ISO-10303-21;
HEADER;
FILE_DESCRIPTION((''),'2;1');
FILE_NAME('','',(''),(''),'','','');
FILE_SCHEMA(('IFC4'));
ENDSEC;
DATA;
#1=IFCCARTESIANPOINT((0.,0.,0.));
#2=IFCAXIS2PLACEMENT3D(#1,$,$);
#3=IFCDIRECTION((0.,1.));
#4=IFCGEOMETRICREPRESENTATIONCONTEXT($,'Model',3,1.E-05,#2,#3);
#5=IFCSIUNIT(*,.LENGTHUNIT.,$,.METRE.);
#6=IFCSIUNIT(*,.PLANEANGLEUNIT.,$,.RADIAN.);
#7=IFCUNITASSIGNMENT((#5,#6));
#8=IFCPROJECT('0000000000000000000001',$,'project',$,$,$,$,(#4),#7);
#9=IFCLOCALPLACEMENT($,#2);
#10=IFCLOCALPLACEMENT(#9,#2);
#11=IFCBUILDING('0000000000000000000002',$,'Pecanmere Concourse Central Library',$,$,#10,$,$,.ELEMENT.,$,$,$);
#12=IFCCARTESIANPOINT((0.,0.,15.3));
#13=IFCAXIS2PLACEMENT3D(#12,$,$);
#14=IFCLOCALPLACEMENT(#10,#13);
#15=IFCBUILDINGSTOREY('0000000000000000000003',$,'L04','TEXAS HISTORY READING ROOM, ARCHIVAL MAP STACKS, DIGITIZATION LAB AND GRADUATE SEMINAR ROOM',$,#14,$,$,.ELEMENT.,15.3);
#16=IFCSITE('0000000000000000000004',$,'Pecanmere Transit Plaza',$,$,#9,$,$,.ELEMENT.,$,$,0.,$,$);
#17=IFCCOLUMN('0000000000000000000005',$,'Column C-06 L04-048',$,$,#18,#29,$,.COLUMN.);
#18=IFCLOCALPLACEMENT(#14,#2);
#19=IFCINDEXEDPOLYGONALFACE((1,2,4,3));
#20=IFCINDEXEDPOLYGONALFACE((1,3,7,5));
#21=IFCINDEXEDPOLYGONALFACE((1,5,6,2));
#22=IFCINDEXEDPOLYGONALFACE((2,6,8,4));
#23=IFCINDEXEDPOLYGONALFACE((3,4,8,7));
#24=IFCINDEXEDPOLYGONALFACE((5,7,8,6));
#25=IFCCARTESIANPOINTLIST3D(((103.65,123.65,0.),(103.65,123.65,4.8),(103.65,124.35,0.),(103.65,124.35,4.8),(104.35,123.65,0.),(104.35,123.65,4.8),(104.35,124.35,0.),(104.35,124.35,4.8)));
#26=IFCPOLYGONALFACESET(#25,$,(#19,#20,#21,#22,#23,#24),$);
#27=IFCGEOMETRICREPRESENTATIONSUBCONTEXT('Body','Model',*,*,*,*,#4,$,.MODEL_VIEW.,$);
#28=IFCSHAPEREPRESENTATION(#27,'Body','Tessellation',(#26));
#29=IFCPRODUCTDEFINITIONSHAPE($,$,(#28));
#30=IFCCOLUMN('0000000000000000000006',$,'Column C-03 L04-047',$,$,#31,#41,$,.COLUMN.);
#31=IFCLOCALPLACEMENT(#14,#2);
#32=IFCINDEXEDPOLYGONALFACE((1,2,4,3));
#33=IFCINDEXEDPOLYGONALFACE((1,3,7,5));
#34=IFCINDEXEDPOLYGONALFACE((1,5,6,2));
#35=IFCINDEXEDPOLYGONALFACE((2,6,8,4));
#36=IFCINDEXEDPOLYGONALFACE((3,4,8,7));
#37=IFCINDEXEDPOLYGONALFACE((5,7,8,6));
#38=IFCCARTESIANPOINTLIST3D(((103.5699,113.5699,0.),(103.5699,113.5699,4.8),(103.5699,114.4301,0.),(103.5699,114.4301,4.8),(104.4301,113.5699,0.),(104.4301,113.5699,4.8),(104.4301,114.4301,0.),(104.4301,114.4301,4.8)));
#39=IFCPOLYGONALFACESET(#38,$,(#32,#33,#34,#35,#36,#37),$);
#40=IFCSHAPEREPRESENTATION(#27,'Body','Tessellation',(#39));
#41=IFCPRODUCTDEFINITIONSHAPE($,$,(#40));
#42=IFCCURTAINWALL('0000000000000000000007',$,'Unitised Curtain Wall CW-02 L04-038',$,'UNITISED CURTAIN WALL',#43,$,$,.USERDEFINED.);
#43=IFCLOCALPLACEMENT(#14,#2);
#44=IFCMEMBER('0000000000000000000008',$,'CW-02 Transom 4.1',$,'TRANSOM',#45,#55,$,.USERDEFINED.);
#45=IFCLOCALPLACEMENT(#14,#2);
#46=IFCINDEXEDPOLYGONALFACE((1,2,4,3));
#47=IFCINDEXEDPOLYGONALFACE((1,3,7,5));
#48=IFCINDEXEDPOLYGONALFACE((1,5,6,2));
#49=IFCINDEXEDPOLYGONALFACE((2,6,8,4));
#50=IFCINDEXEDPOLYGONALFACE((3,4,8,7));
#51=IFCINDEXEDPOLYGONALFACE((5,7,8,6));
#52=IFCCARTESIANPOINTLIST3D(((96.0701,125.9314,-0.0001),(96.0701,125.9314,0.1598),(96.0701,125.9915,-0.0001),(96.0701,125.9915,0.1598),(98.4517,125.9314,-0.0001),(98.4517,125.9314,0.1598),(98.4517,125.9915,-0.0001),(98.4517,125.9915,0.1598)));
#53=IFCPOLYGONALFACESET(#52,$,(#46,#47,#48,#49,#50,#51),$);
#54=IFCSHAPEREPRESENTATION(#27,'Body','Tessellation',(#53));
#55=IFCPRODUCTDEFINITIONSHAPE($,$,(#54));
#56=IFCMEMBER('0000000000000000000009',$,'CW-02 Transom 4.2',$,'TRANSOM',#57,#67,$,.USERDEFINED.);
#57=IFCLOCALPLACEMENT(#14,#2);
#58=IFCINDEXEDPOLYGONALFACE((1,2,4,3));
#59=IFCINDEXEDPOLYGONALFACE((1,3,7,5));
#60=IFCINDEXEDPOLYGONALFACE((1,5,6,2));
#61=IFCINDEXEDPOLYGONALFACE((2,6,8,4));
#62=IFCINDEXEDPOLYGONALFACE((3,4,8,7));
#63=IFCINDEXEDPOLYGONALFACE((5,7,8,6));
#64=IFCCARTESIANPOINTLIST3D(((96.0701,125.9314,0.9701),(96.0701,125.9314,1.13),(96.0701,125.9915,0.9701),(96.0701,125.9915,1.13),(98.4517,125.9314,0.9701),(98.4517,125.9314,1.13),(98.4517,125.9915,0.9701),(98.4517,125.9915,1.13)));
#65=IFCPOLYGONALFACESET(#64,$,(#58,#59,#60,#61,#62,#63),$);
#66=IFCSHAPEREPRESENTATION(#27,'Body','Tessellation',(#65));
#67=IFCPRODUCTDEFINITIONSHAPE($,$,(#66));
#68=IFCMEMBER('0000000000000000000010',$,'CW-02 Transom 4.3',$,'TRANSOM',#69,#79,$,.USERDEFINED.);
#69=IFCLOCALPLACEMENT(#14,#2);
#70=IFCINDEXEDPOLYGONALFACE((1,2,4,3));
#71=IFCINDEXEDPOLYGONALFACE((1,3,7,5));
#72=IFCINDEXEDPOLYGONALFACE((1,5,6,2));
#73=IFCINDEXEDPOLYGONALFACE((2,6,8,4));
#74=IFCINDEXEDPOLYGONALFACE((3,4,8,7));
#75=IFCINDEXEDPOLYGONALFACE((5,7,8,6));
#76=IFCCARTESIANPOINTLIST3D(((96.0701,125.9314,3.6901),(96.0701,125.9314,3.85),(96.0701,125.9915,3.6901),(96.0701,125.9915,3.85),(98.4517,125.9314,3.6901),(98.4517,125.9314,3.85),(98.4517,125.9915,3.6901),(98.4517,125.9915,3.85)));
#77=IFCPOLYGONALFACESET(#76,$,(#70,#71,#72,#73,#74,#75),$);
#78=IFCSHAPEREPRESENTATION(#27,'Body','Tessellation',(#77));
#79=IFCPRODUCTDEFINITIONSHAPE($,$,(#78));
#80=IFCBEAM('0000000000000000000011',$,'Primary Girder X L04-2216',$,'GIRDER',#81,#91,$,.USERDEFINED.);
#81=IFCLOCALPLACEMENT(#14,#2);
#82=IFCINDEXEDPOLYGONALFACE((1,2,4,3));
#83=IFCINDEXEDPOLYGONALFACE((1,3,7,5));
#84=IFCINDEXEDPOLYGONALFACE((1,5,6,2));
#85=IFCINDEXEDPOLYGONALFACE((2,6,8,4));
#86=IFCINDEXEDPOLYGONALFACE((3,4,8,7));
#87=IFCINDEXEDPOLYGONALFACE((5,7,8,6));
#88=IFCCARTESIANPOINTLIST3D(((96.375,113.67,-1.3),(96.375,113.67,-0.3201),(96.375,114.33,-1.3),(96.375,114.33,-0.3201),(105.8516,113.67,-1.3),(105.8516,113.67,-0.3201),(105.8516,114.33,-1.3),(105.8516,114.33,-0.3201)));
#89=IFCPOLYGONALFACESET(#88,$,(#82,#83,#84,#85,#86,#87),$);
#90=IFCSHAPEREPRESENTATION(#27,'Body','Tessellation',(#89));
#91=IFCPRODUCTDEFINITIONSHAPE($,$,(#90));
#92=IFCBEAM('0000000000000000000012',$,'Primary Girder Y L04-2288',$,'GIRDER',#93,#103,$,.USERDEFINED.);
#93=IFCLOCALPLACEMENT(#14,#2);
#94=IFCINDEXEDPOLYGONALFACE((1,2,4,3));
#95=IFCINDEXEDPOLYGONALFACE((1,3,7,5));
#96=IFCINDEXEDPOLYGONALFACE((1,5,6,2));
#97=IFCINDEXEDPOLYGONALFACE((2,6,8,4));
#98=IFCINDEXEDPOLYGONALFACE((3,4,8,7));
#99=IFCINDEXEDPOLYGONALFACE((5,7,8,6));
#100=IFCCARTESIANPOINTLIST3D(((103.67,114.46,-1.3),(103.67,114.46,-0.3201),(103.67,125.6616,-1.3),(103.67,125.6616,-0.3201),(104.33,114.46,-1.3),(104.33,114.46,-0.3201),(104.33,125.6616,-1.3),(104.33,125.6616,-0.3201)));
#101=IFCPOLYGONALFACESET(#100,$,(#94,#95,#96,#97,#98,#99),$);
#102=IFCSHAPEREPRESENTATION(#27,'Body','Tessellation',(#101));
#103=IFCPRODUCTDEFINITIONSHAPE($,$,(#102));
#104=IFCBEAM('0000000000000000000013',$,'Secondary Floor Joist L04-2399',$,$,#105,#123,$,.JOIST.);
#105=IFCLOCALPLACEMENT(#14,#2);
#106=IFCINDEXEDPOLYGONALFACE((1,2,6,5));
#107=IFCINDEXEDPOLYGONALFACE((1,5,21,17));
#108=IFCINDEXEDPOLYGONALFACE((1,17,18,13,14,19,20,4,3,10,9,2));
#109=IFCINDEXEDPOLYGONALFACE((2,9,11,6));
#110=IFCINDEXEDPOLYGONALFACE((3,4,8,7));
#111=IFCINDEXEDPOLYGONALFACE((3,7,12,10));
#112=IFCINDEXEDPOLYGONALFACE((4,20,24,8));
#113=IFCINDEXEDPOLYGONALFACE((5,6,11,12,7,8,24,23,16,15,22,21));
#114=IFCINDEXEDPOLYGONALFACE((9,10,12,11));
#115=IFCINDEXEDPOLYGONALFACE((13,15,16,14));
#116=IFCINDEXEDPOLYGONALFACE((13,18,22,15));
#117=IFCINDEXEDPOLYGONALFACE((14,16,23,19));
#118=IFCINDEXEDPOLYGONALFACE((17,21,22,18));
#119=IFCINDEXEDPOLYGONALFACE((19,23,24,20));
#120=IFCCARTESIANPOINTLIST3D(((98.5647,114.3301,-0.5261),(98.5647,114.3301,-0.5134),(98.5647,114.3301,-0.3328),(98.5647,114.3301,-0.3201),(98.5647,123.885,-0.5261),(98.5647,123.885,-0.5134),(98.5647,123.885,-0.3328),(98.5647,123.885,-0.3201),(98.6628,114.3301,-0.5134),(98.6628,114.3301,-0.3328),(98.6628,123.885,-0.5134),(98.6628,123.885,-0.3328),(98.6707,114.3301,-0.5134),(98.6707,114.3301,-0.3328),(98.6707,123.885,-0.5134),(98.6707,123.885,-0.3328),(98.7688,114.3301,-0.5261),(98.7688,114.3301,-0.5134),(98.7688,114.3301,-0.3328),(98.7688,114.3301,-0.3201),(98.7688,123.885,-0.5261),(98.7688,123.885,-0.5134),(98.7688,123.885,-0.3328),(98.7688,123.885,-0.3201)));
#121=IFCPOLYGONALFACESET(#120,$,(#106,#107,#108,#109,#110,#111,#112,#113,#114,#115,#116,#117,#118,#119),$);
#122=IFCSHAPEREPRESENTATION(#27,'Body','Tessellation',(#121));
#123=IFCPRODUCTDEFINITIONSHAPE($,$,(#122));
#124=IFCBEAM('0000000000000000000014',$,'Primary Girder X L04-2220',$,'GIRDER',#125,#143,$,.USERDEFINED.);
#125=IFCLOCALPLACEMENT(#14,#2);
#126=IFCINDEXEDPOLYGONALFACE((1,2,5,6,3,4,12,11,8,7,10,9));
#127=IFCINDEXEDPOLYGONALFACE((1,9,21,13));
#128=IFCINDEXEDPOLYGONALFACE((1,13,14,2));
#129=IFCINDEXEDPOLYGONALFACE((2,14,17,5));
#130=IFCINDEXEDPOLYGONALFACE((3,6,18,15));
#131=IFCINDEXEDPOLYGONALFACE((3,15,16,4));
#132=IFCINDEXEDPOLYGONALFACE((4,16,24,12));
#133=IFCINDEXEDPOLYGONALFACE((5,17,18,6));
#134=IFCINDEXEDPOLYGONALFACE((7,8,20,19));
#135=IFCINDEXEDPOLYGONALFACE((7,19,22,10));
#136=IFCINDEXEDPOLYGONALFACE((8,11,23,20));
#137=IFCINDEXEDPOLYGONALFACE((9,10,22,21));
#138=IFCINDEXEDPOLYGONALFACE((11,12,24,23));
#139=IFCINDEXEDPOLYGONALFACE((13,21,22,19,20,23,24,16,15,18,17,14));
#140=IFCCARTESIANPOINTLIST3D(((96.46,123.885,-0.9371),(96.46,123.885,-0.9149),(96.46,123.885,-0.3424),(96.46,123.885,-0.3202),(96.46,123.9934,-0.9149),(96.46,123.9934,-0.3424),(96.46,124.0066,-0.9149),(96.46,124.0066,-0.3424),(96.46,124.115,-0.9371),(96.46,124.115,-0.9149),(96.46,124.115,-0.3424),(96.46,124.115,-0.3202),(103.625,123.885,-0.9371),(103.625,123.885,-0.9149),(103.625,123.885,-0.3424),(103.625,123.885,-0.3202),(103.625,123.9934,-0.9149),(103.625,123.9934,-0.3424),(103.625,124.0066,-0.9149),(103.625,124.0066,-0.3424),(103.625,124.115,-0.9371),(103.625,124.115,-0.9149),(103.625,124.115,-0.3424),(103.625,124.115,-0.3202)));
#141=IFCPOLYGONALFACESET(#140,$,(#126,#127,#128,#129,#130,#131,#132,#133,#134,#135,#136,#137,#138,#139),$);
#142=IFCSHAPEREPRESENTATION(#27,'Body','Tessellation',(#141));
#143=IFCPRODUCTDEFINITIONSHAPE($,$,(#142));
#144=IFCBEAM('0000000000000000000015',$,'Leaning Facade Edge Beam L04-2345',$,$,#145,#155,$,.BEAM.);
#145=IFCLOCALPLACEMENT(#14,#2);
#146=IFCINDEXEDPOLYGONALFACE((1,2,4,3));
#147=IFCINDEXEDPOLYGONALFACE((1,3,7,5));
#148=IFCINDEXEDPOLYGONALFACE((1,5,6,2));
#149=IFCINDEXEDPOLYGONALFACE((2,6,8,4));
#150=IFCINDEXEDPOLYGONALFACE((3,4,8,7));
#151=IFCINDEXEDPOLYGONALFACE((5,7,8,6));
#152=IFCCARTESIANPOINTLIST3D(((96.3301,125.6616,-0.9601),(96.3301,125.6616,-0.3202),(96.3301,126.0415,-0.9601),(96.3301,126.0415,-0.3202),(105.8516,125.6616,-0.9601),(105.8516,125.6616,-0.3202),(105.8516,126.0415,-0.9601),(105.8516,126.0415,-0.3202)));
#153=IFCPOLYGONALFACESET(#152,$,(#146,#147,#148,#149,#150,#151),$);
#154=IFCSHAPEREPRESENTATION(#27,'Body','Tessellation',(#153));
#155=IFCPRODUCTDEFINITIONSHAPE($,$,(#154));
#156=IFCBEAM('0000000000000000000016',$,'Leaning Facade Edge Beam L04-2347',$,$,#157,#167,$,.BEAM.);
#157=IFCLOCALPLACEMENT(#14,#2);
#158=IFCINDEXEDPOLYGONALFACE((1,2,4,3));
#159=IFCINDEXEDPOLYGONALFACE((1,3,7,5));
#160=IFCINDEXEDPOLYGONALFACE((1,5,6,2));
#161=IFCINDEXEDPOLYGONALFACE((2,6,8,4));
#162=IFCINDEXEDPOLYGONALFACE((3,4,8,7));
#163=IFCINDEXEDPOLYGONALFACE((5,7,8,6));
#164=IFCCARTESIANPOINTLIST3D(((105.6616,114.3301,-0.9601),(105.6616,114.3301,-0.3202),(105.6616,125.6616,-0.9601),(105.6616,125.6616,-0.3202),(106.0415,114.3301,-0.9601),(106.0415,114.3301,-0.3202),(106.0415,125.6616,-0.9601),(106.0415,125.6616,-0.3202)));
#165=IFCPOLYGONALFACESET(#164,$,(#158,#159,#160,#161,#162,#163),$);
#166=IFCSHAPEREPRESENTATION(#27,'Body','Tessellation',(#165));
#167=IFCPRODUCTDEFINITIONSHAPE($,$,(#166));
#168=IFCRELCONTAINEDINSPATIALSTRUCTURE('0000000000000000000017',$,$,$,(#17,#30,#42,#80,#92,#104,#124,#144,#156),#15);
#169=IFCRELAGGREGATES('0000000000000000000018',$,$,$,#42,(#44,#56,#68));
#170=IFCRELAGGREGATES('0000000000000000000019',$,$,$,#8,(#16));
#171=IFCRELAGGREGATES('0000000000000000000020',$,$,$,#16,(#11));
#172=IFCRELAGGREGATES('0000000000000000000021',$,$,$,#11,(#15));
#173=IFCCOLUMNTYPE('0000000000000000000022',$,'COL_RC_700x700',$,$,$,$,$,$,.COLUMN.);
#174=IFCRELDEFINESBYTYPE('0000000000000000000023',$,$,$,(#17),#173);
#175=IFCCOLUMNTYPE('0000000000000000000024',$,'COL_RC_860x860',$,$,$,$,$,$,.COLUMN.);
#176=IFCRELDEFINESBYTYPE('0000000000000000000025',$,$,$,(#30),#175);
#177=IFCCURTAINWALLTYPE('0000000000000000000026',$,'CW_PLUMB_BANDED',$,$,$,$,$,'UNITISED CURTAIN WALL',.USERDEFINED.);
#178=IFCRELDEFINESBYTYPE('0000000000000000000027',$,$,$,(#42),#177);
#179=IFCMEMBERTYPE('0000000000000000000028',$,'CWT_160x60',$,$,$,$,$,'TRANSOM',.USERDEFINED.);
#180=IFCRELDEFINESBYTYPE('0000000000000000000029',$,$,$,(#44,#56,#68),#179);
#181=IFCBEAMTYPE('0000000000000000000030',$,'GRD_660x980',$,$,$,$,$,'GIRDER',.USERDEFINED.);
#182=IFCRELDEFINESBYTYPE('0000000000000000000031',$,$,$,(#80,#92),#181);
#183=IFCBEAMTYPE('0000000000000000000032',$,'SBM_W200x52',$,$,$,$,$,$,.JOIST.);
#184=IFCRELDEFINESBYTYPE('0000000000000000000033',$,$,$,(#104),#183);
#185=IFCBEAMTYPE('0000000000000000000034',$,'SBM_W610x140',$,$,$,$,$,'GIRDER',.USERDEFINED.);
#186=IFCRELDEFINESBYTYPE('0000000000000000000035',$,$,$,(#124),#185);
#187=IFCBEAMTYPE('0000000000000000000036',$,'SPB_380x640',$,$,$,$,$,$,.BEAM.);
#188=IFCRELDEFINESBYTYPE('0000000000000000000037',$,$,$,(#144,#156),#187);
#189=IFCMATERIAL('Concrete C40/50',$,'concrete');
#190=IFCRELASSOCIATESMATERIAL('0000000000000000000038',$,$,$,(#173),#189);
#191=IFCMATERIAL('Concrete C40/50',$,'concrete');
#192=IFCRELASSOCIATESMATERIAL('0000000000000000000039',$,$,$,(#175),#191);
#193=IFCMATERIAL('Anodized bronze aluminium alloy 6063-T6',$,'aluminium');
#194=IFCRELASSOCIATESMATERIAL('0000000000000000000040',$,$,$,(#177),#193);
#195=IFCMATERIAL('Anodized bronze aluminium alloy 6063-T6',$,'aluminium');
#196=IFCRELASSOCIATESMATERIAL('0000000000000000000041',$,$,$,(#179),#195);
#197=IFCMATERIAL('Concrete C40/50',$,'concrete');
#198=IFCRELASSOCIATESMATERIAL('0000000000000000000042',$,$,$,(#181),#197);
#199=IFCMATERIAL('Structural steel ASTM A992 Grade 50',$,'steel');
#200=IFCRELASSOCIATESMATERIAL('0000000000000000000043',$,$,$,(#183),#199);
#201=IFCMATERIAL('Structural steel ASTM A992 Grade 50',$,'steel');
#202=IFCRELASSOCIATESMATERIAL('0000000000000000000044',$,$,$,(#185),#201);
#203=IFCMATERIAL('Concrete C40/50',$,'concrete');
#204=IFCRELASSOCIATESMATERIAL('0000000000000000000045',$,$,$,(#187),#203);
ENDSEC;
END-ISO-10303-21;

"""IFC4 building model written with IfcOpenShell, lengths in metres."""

from ifc_helpers import new_model, si_unit, direction, frame, origin, origin_2d, place, context, subcontext, project, spatial, rectangle, i_section, extrude, material, material_profile, profile_set, type_object, element, aggregate, save


model = new_model("IFC4")

# Units and contexts
model_context = context("Model", 3, precision=1e-05, world=origin(), true_north=direction((0.0, 1.0)))
body_context = subcontext(model_context, "Body", "Model", "MODEL_VIEW")
ifc_project = project(units=[si_unit("LENGTHUNIT", "METRE"), si_unit("PLANEANGLEUNIT", "RADIAN")], contexts=[model_context])

# Site, building, storey
site_placement = place(None, origin())
site = spatial("IfcSite", under=ifc_project, at=site_placement, Name="Pecanmere Transit Plaza", CompositionType="ELEMENT", RefElevation=0.0)
building_placement = place(site_placement, origin())
building = spatial("IfcBuilding", under=site, at=building_placement, Name="Pecanmere Concourse Central Library", CompositionType="ELEMENT")
storey_placement = place(building_placement, frame((0.0, 0.0, 15.3)))
storey = spatial("IfcBuildingStorey", under=building, at=storey_placement, Name="L04", Description="TEXAS HISTORY READING ROOM, ARCHIVAL MAP STACKS, DIGITIZATION LAB AND GRADUATE SEMINAR ROOM", CompositionType="ELEMENT", Elevation=15.3)

# Columns
ifc_material_1 = material(Name="Concrete C40/50", Category="concrete")
ifc_material_profile_1 = material_profile(ifc_material_1, rectangle(XDim=0.7, YDim=0.7, at=origin_2d()), Name="RC 700x700")
ifc_profile_set_1 = profile_set([ifc_material_profile_1], Name="Concrete C40/50")
column_type_1 = type_object("IfcColumnType", Name="COL_RC_700x700", PredefinedType="COLUMN", material=ifc_profile_set_1)
column_1_placement = place(storey_placement, frame((104.0, 124.0, 0.0), z_axis=(0.0, 0.0, 1.0), x_axis=(1.0, 0.0, 0.0)))
element("IfcColumn", 1, at=column_1_placement, inside=storey, type_object=column_type_1, Name="Column C-06 L04-048", PredefinedType="COLUMN", context=body_context, shape_type="SweptSolid", body=[
    extrude(rectangle(XDim=0.7, YDim=0.7, at=origin_2d()), origin(), (0.0, 0.0, 1.0), 4.8),
])
ifc_material_2 = material(Name="Concrete C40/50", Category="concrete")
ifc_material_profile_2 = material_profile(ifc_material_2, rectangle(XDim=0.8601, YDim=0.8601, at=origin_2d()), Name="RC 860x860")
ifc_profile_set_2 = profile_set([ifc_material_profile_2], Name="Concrete C40/50")
column_type_2 = type_object("IfcColumnType", Name="COL_RC_860x860", PredefinedType="COLUMN", material=ifc_profile_set_2)
column_2_placement = place(storey_placement, frame((104.0, 114.0, 0.0), z_axis=(0.0, 0.0, 1.0), x_axis=(1.0, 0.0, 0.0)))
element("IfcColumn", 2, at=column_2_placement, inside=storey, type_object=column_type_2, Name="Column C-03 L04-047", PredefinedType="COLUMN", context=body_context, shape_type="SweptSolid", body=[
    extrude(rectangle(XDim=0.8601, YDim=0.8601, at=origin_2d()), origin(), (0.0, 0.0, 1.0), 4.8),
])

# Curtain wall, members
ifc_material_3 = material(Name="Anodized bronze aluminium alloy 6063-T6", Category="aluminium")
curtain_wall_type = type_object("IfcCurtainWallType", Name="CW_PLUMB_BANDED", ElementType="UNITISED CURTAIN WALL", PredefinedType="USERDEFINED", material=ifc_material_3)
curtain_wall_placement = place(storey_placement, origin())
curtain_wall = element("IfcCurtainWall", 3, at=curtain_wall_placement, inside=storey, type_object=curtain_wall_type, Name="Unitised Curtain Wall CW-02 L04-038", ObjectType="UNITISED CURTAIN WALL", PredefinedType="USERDEFINED")
ifc_material_4 = material(Name="Anodized bronze aluminium alloy 6063-T6", Category="aluminium")
ifc_material_profile_3 = material_profile(ifc_material_4, rectangle(XDim=0.0601, YDim=0.1599, at=origin_2d()), Name="AL 60x160")
ifc_profile_set_3 = profile_set([ifc_material_profile_3], Name="Anodized bronze aluminium alloy 6063-T6")
member_type = type_object("IfcMemberType", Name="CWT_160x60", ElementType="TRANSOM", PredefinedType="USERDEFINED", material=ifc_profile_set_3)
member_1_placement = place(storey_placement, frame((98.4517, 125.9614, 0.0798), z_axis=(-1.0, 0.0, 0.0), x_axis=(0.0, -1.0, 0.0)))
member_1 = element("IfcMember", 4, at=member_1_placement, type_object=member_type, Name="CW-02 Transom 4.1", ObjectType="TRANSOM", PredefinedType="USERDEFINED", context=body_context, shape_type="SweptSolid", body=[
    extrude(rectangle(XDim=0.0601, YDim=0.1599, at=origin_2d()), origin(), (0.0, 0.0, 1.0), 2.3816),
])
member_2_placement = place(storey_placement, frame((98.4517, 125.9614, 1.05), z_axis=(-1.0, 0.0, 0.0), x_axis=(0.0, -1.0, 0.0)))
member_2 = element("IfcMember", 5, at=member_2_placement, type_object=member_type, Name="CW-02 Transom 4.2", ObjectType="TRANSOM", PredefinedType="USERDEFINED", context=body_context, shape_type="SweptSolid", body=[
    extrude(rectangle(XDim=0.0601, YDim=0.1599, at=origin_2d()), origin(), (0.0, 0.0, 1.0), 2.3816),
])
member_3_placement = place(storey_placement, frame((98.4517, 125.9614, 3.77), z_axis=(-1.0, 0.0, 0.0), x_axis=(0.0, -1.0, 0.0)))
member_3 = element("IfcMember", 6, at=member_3_placement, type_object=member_type, Name="CW-02 Transom 4.3", ObjectType="TRANSOM", PredefinedType="USERDEFINED", context=body_context, shape_type="SweptSolid", body=[
    extrude(rectangle(XDim=0.0601, YDim=0.1599, at=origin_2d()), origin(), (0.0, 0.0, 1.0), 2.3816),
])

# Beams
ifc_material_5 = material(Name="Concrete C40/50", Category="concrete")
ifc_material_profile_4 = material_profile(ifc_material_5, rectangle(XDim=0.6599, YDim=0.98, at=origin_2d()), Name="RC 660x980")
ifc_profile_set_4 = profile_set([ifc_material_profile_4], Name="Concrete C40/50")
beam_type_1 = type_object("IfcBeamType", Name="GRD_660x980", ElementType="GIRDER", PredefinedType="USERDEFINED", material=ifc_profile_set_4)
beam_1_placement = place(storey_placement, frame((96.375, 114.0, -0.8101), z_axis=(1.0, 0.0, 0.0), x_axis=(0.0, 1.0, 0.0)))
element("IfcBeam", 7, at=beam_1_placement, inside=storey, type_object=beam_type_1, Name="Primary Girder X L04-2216", ObjectType="GIRDER", PredefinedType="USERDEFINED", context=body_context, shape_type="SweptSolid", body=[
    extrude(rectangle(XDim=0.6599, YDim=0.98, at=origin_2d()), origin(), (0.0, 0.0, 1.0), 9.4766),
])
beam_2_placement = place(storey_placement, frame((104.0, 114.46, -0.8101), z_axis=(0.0, 1.0, 0.0), x_axis=(-1.0, 0.0, 0.0)))
element("IfcBeam", 8, at=beam_2_placement, inside=storey, type_object=beam_type_1, Name="Primary Girder Y L04-2288", ObjectType="GIRDER", PredefinedType="USERDEFINED", context=body_context, shape_type="SweptSolid", body=[
    extrude(rectangle(XDim=0.6599, YDim=0.98, at=origin_2d()), origin(), (0.0, 0.0, 1.0), 11.2017),
])
ifc_material_6 = material(Name="Structural steel ASTM A992 Grade 50", Category="steel")
ifc_material_profile_5 = material_profile(ifc_material_6, i_section(OverallWidth=0.2041, OverallDepth=0.2061, WebThickness=0.0078, FlangeThickness=0.0127, at=origin_2d()), Name="W200x52")
ifc_profile_set_5 = profile_set([ifc_material_profile_5], Name="Structural steel ASTM A992 Grade 50")
beam_type_2 = type_object("IfcBeamType", Name="SBM_W200x52", PredefinedType="JOIST", material=ifc_profile_set_5)
beam_3_placement = place(storey_placement, frame((98.6667, 114.3301, -0.4231), z_axis=(0.0, 1.0, 0.0), x_axis=(-1.0, 0.0, 0.0)))
element("IfcBeam", 9, at=beam_3_placement, inside=storey, type_object=beam_type_2, Name="Secondary Floor Joist L04-2399", PredefinedType="JOIST", context=body_context, shape_type="SweptSolid", body=[
    extrude(i_section(OverallWidth=0.2041, OverallDepth=0.2061, WebThickness=0.0078, FlangeThickness=0.0127, at=origin_2d()), origin(), (0.0, 0.0, 1.0), 9.5549),
])
ifc_material_7 = material(Name="Structural steel ASTM A992 Grade 50", Category="steel")
ifc_material_profile_6 = material_profile(ifc_material_7, i_section(OverallWidth=0.23, OverallDepth=0.6169, WebThickness=0.0132, FlangeThickness=0.0222, at=origin_2d()), Name="W610x140")
ifc_profile_set_6 = profile_set([ifc_material_profile_6], Name="Structural steel ASTM A992 Grade 50")
beam_type_3 = type_object("IfcBeamType", Name="SBM_W610x140", ElementType="GIRDER", PredefinedType="USERDEFINED", material=ifc_profile_set_6)
beam_4_placement = place(storey_placement, frame((96.46, 124.0, -0.6287), z_axis=(1.0, 0.0, 0.0), x_axis=(0.0, 1.0, 0.0)))
element("IfcBeam", 10, at=beam_4_placement, inside=storey, type_object=beam_type_3, Name="Primary Girder X L04-2220", ObjectType="GIRDER", PredefinedType="USERDEFINED", context=body_context, shape_type="SweptSolid", body=[
    extrude(i_section(OverallWidth=0.23, OverallDepth=0.6169, WebThickness=0.0132, FlangeThickness=0.0222, at=origin_2d()), origin(), (0.0, 0.0, 1.0), 7.165),
])
ifc_material_8 = material(Name="Concrete C40/50", Category="concrete")
ifc_material_profile_7 = material_profile(ifc_material_8, rectangle(XDim=0.3799, YDim=0.6399, at=origin_2d()), Name="RC 380x640")
ifc_profile_set_7 = profile_set([ifc_material_profile_7], Name="Concrete C40/50")
beam_type_4 = type_object("IfcBeamType", Name="SPB_380x640", PredefinedType="BEAM", material=ifc_profile_set_7)
beam_5_placement = place(storey_placement, frame((96.3301, 125.8516, -0.6401), z_axis=(1.0, 0.0, 0.0), x_axis=(0.0, 1.0, 0.0)))
element("IfcBeam", 11, at=beam_5_placement, inside=storey, type_object=beam_type_4, Name="Leaning Facade Edge Beam L04-2345", PredefinedType="BEAM", context=body_context, shape_type="SweptSolid", body=[
    extrude(rectangle(XDim=0.3799, YDim=0.6399, at=origin_2d()), origin(), (0.0, 0.0, 1.0), 9.5215),
])
beam_6_placement = place(storey_placement, frame((105.8516, 114.3301, -0.6401), z_axis=(0.0, 1.0, 0.0), x_axis=(-1.0, 0.0, 0.0)))
element("IfcBeam", 12, at=beam_6_placement, inside=storey, type_object=beam_type_4, Name="Leaning Facade Edge Beam L04-2347", PredefinedType="BEAM", context=body_context, shape_type="SweptSolid", body=[
    extrude(rectangle(XDim=0.3799, YDim=0.6399, at=origin_2d()), origin(), (0.0, 0.0, 1.0), 11.3315),
])

aggregate(curtain_wall, [member_1, member_2, member_3])

save(model, "model.ifc")
